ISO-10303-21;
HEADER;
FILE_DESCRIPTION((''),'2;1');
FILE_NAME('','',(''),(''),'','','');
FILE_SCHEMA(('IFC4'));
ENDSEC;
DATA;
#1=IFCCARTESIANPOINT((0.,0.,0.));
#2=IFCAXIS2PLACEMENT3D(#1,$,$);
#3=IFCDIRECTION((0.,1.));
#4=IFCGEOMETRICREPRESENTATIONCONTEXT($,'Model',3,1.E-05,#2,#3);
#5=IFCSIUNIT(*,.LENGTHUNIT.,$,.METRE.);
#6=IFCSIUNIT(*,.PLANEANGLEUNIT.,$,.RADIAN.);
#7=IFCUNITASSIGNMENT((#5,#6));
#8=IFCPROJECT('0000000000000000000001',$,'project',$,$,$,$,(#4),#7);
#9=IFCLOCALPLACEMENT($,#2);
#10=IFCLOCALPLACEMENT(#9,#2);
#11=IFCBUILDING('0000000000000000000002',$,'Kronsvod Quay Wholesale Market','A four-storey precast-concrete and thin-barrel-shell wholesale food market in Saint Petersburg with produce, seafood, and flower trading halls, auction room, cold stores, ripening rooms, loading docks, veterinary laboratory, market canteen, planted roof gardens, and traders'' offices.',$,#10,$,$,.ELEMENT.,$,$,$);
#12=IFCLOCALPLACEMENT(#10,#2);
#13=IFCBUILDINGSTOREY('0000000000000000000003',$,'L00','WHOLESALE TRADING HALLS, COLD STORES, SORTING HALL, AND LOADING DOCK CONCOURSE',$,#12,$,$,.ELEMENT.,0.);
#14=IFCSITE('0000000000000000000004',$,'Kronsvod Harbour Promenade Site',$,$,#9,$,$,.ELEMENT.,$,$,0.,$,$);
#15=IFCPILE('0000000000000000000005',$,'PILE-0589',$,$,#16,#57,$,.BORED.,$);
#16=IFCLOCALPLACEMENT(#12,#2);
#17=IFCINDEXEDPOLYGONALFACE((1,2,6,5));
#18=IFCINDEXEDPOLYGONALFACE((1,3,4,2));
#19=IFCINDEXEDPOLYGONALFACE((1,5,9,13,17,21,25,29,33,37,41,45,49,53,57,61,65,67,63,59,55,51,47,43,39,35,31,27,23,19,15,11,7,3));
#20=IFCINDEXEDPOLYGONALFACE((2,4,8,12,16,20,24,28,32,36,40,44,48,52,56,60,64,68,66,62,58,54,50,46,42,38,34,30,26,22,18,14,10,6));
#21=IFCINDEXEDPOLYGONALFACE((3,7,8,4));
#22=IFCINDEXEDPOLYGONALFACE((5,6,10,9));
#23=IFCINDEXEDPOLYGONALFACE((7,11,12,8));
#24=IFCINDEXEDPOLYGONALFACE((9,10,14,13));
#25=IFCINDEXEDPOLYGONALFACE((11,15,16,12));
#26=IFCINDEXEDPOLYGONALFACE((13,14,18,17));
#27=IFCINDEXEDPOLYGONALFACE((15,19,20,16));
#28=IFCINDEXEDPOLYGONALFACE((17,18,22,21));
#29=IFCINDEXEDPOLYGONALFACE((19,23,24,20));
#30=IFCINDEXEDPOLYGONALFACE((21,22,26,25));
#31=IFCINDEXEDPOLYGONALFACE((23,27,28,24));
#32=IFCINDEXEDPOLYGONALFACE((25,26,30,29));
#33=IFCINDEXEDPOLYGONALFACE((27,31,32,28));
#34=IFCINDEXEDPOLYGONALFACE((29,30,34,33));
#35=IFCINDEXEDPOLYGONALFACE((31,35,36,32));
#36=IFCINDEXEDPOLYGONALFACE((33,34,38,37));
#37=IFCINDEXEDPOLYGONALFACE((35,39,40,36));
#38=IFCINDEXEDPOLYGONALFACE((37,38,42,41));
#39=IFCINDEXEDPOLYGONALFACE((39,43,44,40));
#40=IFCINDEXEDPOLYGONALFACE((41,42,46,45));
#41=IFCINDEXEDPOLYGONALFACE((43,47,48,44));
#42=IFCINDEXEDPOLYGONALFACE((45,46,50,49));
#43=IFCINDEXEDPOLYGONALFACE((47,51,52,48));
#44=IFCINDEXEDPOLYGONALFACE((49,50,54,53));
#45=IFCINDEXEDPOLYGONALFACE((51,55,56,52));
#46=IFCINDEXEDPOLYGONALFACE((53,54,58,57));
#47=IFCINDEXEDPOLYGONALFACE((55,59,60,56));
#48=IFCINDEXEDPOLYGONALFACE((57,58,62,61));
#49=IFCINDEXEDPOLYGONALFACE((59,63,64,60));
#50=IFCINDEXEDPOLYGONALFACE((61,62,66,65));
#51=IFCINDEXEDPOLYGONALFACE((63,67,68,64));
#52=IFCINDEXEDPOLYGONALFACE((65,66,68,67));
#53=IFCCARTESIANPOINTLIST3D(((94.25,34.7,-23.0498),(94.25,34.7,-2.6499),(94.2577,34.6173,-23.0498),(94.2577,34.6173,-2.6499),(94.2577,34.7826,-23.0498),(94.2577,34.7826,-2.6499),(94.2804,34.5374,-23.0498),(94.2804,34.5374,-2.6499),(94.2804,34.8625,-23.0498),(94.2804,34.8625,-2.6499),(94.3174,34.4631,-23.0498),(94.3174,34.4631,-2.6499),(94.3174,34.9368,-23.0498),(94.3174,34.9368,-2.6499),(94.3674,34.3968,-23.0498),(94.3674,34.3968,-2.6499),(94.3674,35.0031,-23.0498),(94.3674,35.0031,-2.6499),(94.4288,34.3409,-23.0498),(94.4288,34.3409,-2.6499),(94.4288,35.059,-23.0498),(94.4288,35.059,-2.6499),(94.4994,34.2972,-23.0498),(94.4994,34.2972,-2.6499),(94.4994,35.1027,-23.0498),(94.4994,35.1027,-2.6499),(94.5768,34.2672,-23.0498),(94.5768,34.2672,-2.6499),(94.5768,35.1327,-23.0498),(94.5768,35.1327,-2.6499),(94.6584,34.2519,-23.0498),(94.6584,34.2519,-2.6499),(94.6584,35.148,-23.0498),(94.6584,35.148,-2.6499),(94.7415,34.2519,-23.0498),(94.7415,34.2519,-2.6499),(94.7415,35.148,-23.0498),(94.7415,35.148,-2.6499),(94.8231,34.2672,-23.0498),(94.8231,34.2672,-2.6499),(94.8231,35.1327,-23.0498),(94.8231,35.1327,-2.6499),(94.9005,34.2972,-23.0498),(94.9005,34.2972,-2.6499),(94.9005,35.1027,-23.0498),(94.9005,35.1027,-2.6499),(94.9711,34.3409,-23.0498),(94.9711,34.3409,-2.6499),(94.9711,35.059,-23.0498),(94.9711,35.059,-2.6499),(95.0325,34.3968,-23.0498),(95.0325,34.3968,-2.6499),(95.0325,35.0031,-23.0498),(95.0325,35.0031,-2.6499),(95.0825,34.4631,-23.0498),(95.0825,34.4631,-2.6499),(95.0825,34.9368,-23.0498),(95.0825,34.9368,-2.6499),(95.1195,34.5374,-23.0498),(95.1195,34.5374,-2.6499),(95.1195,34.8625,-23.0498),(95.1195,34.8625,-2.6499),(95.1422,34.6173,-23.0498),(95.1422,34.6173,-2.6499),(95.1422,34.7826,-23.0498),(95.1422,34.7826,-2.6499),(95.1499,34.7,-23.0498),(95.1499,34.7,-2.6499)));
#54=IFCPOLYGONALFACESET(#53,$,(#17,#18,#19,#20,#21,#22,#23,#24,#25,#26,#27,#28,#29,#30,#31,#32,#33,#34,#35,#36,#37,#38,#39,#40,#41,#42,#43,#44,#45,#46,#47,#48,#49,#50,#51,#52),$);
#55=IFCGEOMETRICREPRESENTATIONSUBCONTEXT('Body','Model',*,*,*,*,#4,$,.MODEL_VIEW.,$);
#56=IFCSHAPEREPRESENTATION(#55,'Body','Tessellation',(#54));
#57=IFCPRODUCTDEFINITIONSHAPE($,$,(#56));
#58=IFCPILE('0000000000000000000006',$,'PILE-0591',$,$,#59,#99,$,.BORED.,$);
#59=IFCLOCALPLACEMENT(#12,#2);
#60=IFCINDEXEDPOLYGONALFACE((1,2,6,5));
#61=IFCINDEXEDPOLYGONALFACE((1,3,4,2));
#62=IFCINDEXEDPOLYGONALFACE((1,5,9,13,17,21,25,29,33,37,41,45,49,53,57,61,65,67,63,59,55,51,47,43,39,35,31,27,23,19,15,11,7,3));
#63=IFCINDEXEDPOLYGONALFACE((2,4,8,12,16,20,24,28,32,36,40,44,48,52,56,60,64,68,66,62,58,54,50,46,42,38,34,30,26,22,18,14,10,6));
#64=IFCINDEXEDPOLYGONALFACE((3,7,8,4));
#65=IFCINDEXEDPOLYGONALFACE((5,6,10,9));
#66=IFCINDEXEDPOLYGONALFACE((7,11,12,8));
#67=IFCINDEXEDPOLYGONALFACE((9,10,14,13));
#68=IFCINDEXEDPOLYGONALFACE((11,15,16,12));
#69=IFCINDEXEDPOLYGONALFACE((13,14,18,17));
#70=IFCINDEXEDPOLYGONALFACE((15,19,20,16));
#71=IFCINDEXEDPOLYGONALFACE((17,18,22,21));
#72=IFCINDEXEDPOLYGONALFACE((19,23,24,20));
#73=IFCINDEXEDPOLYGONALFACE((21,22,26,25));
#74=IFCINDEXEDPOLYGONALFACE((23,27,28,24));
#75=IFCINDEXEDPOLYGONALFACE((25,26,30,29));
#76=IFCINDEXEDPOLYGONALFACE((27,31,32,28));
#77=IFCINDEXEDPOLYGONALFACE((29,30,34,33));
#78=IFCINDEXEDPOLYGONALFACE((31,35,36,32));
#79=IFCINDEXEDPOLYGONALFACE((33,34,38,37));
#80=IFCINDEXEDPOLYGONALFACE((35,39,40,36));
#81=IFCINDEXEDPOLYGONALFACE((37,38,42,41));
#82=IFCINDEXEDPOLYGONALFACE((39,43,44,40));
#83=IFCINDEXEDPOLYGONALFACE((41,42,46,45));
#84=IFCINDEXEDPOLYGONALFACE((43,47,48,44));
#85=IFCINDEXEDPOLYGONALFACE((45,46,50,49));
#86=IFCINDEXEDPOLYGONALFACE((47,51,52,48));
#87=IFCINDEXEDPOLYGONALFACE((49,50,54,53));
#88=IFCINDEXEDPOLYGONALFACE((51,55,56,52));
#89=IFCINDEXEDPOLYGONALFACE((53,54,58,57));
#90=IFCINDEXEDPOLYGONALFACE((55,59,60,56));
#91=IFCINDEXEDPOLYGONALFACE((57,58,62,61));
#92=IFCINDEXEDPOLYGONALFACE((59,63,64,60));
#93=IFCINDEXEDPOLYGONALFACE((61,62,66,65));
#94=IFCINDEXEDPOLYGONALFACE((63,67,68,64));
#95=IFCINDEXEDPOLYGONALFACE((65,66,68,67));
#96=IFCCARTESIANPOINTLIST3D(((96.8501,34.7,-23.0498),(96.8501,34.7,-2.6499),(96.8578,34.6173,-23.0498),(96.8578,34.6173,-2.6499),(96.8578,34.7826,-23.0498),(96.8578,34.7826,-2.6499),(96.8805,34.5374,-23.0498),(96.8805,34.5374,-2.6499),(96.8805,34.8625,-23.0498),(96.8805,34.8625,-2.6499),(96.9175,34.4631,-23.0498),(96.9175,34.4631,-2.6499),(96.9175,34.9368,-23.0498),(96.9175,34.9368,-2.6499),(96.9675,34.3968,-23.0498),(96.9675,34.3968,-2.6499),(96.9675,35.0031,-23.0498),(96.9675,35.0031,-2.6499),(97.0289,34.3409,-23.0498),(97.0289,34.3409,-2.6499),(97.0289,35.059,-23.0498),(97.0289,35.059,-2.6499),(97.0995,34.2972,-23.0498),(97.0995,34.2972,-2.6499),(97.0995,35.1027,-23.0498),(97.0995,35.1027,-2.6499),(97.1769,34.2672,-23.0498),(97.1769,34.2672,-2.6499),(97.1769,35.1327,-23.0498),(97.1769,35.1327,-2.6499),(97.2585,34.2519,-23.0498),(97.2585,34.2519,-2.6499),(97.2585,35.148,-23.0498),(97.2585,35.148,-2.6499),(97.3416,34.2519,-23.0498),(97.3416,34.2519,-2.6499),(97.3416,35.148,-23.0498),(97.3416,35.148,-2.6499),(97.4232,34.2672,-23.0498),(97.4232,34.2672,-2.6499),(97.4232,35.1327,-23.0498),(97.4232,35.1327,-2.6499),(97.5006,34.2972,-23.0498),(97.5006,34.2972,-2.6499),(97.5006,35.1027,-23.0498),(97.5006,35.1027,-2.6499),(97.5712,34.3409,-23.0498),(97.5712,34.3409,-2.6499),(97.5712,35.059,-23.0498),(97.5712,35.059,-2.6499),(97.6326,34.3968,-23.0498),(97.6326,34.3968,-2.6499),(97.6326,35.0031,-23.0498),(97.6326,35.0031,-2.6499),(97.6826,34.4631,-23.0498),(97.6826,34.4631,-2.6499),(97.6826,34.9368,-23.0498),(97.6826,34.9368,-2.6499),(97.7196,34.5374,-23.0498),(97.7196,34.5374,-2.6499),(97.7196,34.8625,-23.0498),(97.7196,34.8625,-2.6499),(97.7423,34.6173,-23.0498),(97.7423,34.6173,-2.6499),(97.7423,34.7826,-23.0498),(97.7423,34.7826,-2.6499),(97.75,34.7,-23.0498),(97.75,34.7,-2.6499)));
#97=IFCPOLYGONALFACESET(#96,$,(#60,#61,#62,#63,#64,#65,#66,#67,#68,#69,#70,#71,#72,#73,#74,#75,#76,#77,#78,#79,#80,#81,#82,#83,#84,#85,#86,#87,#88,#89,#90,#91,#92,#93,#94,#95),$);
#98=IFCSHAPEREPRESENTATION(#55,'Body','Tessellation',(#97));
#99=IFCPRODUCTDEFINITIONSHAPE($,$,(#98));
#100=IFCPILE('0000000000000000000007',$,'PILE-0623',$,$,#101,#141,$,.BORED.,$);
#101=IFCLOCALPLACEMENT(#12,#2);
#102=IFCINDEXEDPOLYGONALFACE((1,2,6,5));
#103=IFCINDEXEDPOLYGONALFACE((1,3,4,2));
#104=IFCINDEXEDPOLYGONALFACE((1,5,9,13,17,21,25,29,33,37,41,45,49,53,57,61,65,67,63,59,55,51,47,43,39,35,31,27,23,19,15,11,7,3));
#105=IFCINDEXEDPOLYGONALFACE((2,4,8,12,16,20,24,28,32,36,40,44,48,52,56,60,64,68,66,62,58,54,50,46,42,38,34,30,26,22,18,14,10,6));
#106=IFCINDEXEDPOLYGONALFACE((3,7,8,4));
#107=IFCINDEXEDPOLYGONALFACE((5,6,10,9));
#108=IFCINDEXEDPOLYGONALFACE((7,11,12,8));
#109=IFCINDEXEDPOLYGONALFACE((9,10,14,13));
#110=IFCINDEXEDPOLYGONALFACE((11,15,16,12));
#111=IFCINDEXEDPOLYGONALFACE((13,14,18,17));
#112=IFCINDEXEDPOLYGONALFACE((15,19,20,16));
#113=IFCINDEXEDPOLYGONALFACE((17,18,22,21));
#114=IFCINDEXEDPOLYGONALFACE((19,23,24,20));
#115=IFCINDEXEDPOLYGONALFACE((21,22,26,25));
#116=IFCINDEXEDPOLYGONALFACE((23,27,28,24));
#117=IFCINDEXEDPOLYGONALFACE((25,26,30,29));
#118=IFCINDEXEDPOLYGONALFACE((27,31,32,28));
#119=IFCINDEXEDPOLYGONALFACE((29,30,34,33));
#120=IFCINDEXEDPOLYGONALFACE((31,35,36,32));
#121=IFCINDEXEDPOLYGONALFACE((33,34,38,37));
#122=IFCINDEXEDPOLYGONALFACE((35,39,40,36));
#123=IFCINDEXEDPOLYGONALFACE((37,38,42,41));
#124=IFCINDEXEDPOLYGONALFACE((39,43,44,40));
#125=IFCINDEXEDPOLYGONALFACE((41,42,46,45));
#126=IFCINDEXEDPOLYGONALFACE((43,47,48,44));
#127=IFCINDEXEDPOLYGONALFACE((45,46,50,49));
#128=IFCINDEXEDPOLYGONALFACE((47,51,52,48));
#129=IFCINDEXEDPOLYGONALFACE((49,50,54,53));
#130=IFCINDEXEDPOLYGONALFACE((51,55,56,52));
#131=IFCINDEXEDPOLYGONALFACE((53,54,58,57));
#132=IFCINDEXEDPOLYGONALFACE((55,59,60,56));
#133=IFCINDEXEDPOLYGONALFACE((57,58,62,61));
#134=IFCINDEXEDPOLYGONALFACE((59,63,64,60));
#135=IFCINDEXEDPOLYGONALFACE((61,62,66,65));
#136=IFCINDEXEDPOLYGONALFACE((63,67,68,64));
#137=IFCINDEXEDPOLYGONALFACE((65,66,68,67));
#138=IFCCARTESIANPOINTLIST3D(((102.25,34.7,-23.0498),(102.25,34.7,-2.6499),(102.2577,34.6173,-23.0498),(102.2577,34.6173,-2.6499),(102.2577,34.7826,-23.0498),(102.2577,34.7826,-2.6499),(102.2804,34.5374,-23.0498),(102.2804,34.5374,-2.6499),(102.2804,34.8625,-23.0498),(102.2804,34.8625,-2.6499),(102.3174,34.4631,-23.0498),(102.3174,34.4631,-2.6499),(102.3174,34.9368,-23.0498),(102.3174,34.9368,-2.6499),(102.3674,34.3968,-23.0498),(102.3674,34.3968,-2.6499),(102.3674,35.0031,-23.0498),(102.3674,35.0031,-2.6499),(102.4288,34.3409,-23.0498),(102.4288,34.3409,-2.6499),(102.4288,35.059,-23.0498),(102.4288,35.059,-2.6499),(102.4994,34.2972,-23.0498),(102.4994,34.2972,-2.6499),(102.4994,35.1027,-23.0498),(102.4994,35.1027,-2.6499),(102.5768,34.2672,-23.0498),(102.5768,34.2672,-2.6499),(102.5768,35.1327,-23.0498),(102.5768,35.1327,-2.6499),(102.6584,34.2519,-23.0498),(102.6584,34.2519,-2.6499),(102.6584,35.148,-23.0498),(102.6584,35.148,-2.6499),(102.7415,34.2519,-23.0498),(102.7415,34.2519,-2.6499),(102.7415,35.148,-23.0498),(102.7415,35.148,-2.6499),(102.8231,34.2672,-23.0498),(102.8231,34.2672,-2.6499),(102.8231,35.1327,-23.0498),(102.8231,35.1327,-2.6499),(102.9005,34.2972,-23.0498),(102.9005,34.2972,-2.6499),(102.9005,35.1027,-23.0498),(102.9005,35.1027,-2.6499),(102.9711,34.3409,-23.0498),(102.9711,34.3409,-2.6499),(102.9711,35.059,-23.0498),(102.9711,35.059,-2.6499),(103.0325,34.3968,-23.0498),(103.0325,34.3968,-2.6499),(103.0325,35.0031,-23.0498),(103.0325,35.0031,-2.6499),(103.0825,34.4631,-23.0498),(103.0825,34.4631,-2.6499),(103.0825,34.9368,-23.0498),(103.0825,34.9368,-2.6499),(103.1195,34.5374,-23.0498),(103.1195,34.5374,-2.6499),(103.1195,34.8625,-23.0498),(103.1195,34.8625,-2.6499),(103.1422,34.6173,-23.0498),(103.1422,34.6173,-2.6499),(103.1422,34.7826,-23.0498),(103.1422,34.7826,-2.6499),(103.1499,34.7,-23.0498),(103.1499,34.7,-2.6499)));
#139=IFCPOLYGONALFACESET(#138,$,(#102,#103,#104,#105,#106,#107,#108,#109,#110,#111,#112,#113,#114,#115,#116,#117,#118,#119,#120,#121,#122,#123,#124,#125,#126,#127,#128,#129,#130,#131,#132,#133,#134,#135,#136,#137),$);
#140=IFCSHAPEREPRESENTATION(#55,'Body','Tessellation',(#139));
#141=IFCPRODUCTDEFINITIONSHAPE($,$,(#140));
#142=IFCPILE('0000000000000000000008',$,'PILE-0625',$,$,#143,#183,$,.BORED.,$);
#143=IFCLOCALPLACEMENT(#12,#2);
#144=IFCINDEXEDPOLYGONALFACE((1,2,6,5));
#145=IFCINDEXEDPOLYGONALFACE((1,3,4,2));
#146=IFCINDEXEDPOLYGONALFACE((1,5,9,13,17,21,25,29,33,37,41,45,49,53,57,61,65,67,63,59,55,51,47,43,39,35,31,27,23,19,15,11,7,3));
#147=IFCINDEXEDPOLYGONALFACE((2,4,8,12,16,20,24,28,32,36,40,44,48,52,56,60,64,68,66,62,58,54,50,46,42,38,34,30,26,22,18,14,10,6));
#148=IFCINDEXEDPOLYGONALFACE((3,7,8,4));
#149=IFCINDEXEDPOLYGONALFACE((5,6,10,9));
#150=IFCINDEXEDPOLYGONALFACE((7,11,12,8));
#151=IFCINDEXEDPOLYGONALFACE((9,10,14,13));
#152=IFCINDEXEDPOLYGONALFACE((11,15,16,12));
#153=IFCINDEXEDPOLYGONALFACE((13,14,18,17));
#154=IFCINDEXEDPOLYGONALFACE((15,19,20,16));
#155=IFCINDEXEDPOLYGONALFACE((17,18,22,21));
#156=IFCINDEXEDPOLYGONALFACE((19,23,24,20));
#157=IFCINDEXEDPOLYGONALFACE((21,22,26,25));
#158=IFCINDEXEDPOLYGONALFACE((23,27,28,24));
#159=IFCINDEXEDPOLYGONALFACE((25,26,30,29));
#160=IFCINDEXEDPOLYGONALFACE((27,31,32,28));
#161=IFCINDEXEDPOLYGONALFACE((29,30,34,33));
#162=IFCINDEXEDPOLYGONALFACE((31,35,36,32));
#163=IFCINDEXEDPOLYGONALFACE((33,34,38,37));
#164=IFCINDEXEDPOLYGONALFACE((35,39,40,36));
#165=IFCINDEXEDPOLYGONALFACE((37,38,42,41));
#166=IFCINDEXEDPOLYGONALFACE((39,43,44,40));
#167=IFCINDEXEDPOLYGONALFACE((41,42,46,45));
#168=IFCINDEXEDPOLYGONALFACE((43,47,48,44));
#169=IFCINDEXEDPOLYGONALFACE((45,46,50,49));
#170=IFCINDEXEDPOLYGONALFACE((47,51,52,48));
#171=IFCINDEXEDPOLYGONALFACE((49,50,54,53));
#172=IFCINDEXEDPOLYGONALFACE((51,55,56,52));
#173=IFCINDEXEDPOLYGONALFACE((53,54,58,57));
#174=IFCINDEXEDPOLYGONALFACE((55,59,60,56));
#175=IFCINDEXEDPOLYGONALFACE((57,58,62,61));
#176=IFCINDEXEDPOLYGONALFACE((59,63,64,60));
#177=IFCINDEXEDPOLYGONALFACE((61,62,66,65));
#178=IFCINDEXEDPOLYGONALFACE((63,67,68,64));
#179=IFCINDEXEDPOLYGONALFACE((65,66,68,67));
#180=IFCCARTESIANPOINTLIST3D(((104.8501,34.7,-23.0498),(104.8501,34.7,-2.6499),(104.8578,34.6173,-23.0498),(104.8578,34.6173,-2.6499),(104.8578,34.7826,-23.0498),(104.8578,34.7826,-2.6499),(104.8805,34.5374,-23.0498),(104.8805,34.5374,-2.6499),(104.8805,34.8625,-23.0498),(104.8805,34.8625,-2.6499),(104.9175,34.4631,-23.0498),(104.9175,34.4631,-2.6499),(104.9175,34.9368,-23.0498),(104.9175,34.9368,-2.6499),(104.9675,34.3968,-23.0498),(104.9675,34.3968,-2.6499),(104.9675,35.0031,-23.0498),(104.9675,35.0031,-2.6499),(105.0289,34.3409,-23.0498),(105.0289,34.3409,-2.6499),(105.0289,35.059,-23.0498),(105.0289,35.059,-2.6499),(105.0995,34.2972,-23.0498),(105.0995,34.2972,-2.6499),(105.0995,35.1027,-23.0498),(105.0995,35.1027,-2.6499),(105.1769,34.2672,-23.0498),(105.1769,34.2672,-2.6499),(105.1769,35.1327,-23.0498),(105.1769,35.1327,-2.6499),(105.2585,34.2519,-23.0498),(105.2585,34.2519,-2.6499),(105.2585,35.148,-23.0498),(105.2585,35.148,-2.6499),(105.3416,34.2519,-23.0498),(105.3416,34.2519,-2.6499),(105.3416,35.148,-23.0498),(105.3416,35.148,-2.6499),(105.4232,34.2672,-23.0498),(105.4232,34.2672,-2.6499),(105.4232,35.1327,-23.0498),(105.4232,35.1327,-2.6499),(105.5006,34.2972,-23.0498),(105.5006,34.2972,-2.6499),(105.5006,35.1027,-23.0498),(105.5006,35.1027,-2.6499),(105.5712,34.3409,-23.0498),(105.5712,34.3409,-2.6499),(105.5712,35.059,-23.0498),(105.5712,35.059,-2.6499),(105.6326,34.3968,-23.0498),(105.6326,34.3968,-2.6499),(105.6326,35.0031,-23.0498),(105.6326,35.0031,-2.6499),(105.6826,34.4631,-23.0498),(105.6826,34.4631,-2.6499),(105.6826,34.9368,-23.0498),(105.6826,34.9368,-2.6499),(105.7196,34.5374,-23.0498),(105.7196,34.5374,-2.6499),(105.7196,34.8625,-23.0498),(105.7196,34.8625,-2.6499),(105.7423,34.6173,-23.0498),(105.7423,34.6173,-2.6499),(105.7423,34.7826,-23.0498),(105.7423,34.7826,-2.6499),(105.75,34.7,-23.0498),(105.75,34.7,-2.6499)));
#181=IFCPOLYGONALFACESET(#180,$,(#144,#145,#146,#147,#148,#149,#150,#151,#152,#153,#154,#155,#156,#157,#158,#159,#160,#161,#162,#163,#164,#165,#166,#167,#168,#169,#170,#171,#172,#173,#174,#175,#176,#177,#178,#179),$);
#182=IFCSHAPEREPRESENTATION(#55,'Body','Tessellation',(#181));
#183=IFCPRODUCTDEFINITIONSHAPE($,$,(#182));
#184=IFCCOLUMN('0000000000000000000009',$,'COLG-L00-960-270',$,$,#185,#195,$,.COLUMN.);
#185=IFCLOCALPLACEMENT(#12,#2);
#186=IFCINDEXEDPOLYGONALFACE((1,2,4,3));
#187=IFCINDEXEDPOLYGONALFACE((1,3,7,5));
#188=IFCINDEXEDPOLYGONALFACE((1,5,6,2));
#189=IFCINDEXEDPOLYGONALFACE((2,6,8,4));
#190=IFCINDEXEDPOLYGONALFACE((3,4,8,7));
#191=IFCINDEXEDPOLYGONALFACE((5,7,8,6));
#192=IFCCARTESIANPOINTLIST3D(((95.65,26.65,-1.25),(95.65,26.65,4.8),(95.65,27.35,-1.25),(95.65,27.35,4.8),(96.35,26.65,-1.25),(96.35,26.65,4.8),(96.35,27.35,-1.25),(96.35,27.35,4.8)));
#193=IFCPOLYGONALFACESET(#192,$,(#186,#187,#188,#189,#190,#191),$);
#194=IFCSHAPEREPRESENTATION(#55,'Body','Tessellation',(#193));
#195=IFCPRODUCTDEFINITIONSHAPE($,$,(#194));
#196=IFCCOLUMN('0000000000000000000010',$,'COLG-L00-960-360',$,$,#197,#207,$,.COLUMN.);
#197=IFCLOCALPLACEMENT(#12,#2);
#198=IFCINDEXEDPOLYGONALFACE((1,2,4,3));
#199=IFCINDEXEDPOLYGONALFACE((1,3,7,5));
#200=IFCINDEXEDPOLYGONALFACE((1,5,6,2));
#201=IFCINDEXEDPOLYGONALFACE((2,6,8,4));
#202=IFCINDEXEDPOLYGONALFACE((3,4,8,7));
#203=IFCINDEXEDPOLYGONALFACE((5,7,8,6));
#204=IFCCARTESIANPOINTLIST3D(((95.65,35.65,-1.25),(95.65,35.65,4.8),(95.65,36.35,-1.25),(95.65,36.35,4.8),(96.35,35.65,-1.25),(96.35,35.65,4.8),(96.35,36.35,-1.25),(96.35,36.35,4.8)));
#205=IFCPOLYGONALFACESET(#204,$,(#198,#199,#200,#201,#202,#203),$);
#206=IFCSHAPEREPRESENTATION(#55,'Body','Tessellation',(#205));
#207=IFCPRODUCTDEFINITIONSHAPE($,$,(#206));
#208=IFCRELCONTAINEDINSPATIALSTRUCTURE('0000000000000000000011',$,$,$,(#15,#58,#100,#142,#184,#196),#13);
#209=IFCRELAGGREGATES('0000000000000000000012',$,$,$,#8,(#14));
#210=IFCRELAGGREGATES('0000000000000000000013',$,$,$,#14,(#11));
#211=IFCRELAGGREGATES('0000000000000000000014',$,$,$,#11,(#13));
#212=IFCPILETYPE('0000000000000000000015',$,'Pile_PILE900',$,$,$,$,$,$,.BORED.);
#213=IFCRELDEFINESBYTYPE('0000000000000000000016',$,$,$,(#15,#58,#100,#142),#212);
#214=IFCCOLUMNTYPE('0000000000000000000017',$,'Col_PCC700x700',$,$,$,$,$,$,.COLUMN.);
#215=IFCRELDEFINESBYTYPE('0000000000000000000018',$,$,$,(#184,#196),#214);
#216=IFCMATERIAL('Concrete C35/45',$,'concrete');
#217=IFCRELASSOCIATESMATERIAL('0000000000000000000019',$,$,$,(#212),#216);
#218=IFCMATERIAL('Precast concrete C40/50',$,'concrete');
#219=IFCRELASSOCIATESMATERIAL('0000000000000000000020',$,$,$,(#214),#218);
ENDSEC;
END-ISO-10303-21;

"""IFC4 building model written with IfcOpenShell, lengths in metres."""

from ifc_helpers import new_model, si_unit, direction, frame, origin, origin_2d, place, context, subcontext, project, spatial, rectangle, circle, extrude, material, material_profile, profile_set, type_object, element, save


model = new_model("IFC4")

# Units and contexts
model_context = context("Model", 3, precision=1e-05, world=origin(), true_north=direction((0.0, 1.0)))
body_context = subcontext(model_context, "Body", "Model", "MODEL_VIEW")
ifc_project = project(units=[si_unit("LENGTHUNIT", "METRE"), si_unit("PLANEANGLEUNIT", "RADIAN")], contexts=[model_context])

# Site, building, storey
site_placement = place(None, origin())
site = spatial("IfcSite", under=ifc_project, at=site_placement, Name="Kronsvod Harbour Promenade Site", CompositionType="ELEMENT", RefElevation=0.0)
building_placement = place(site_placement, origin())
building = spatial("IfcBuilding", under=site, at=building_placement, Name="Kronsvod Quay Wholesale Market", Description="A four-storey precast-concrete and thin-barrel-shell wholesale food market in Saint Petersburg with produce, seafood, and flower trading halls, auction room, cold stores, ripening rooms, loading docks, veterinary laboratory, market canteen, planted roof gardens, and traders' offices.", CompositionType="ELEMENT")
storey_placement = place(building_placement, origin())
storey = spatial("IfcBuildingStorey", under=building, at=storey_placement, Name="L00", Description="WHOLESALE TRADING HALLS, COLD STORES, SORTING HALL, AND LOADING DOCK CONCOURSE", CompositionType="ELEMENT", Elevation=0.0)

# Piles
ifc_material_1 = material(Name="Concrete C35/45", Category="concrete")
ifc_material_profile_1 = material_profile(ifc_material_1, circle(Radius=0.45, at=origin_2d()), Name="PILE900")
ifc_profile_set_1 = profile_set([ifc_material_profile_1], Name="Concrete C35/45")
pile_type_1 = type_object("IfcPileType", Name="Pile_PILE900", PredefinedType="BORED", material=ifc_profile_set_1)
for number, where, z_axis, x_axis, name in (
    (1, (94.7, 34.7, -2.6499), (0.0, 0.0, -1.0), (1.0, 0.0, 0.0), "PILE-0589"),
    (2, (97.3, 34.7, -2.6499), (0.0, 0.0, -1.0), (1.0, 0.0, 0.0), "PILE-0591"),
    (3, (102.7, 34.7, -2.6499), (0.0, 0.0, -1.0), (1.0, 0.0, 0.0), "PILE-0623"),
    (4, (105.3, 34.7, -2.6499), (0.0, 0.0, -1.0), (1.0, 0.0, 0.0), "PILE-0625"),
):
    element("IfcPile", number, at=place(storey_placement, frame(where, z_axis=z_axis, x_axis=x_axis)), inside=storey, type_object=pile_type_1, Name=name, PredefinedType="BORED", context=body_context, shape_type="SweptSolid", body=[
        extrude(circle(Radius=0.45, at=origin_2d()), origin(), (0.0, 0.0, 1.0), 20.3999),
    ])

# Columns
ifc_material_2 = material(Name="Precast concrete C40/50", Category="concrete")
ifc_material_profile_2 = material_profile(ifc_material_2, rectangle(XDim=0.7, YDim=0.7, at=origin_2d()), Name="PCC700x700")
ifc_profile_set_2 = profile_set([ifc_material_profile_2], Name="Precast concrete C40/50")
column_type = type_object("IfcColumnType", Name="Col_PCC700x700", PredefinedType="COLUMN", material=ifc_profile_set_2)
for number, where, z_axis, x_axis, name in (
    (5, (96.0, 27.0, -1.25), (0.0, 0.0, 1.0), (1.0, 0.0, 0.0), "COLG-L00-960-270"),
    (6, (96.0, 36.0, -1.25), (0.0, 0.0, 1.0), (1.0, 0.0, 0.0), "COLG-L00-960-360"),
):
    element("IfcColumn", number, at=place(storey_placement, frame(where, z_axis=z_axis, x_axis=x_axis)), inside=storey, type_object=column_type, Name=name, PredefinedType="COLUMN", context=body_context, shape_type="SweptSolid", body=[
        extrude(rectangle(XDim=0.7, YDim=0.7, at=origin_2d()), origin(), (0.0, 0.0, 1.0), 6.05),
    ])

save(model, "model.ifc")
